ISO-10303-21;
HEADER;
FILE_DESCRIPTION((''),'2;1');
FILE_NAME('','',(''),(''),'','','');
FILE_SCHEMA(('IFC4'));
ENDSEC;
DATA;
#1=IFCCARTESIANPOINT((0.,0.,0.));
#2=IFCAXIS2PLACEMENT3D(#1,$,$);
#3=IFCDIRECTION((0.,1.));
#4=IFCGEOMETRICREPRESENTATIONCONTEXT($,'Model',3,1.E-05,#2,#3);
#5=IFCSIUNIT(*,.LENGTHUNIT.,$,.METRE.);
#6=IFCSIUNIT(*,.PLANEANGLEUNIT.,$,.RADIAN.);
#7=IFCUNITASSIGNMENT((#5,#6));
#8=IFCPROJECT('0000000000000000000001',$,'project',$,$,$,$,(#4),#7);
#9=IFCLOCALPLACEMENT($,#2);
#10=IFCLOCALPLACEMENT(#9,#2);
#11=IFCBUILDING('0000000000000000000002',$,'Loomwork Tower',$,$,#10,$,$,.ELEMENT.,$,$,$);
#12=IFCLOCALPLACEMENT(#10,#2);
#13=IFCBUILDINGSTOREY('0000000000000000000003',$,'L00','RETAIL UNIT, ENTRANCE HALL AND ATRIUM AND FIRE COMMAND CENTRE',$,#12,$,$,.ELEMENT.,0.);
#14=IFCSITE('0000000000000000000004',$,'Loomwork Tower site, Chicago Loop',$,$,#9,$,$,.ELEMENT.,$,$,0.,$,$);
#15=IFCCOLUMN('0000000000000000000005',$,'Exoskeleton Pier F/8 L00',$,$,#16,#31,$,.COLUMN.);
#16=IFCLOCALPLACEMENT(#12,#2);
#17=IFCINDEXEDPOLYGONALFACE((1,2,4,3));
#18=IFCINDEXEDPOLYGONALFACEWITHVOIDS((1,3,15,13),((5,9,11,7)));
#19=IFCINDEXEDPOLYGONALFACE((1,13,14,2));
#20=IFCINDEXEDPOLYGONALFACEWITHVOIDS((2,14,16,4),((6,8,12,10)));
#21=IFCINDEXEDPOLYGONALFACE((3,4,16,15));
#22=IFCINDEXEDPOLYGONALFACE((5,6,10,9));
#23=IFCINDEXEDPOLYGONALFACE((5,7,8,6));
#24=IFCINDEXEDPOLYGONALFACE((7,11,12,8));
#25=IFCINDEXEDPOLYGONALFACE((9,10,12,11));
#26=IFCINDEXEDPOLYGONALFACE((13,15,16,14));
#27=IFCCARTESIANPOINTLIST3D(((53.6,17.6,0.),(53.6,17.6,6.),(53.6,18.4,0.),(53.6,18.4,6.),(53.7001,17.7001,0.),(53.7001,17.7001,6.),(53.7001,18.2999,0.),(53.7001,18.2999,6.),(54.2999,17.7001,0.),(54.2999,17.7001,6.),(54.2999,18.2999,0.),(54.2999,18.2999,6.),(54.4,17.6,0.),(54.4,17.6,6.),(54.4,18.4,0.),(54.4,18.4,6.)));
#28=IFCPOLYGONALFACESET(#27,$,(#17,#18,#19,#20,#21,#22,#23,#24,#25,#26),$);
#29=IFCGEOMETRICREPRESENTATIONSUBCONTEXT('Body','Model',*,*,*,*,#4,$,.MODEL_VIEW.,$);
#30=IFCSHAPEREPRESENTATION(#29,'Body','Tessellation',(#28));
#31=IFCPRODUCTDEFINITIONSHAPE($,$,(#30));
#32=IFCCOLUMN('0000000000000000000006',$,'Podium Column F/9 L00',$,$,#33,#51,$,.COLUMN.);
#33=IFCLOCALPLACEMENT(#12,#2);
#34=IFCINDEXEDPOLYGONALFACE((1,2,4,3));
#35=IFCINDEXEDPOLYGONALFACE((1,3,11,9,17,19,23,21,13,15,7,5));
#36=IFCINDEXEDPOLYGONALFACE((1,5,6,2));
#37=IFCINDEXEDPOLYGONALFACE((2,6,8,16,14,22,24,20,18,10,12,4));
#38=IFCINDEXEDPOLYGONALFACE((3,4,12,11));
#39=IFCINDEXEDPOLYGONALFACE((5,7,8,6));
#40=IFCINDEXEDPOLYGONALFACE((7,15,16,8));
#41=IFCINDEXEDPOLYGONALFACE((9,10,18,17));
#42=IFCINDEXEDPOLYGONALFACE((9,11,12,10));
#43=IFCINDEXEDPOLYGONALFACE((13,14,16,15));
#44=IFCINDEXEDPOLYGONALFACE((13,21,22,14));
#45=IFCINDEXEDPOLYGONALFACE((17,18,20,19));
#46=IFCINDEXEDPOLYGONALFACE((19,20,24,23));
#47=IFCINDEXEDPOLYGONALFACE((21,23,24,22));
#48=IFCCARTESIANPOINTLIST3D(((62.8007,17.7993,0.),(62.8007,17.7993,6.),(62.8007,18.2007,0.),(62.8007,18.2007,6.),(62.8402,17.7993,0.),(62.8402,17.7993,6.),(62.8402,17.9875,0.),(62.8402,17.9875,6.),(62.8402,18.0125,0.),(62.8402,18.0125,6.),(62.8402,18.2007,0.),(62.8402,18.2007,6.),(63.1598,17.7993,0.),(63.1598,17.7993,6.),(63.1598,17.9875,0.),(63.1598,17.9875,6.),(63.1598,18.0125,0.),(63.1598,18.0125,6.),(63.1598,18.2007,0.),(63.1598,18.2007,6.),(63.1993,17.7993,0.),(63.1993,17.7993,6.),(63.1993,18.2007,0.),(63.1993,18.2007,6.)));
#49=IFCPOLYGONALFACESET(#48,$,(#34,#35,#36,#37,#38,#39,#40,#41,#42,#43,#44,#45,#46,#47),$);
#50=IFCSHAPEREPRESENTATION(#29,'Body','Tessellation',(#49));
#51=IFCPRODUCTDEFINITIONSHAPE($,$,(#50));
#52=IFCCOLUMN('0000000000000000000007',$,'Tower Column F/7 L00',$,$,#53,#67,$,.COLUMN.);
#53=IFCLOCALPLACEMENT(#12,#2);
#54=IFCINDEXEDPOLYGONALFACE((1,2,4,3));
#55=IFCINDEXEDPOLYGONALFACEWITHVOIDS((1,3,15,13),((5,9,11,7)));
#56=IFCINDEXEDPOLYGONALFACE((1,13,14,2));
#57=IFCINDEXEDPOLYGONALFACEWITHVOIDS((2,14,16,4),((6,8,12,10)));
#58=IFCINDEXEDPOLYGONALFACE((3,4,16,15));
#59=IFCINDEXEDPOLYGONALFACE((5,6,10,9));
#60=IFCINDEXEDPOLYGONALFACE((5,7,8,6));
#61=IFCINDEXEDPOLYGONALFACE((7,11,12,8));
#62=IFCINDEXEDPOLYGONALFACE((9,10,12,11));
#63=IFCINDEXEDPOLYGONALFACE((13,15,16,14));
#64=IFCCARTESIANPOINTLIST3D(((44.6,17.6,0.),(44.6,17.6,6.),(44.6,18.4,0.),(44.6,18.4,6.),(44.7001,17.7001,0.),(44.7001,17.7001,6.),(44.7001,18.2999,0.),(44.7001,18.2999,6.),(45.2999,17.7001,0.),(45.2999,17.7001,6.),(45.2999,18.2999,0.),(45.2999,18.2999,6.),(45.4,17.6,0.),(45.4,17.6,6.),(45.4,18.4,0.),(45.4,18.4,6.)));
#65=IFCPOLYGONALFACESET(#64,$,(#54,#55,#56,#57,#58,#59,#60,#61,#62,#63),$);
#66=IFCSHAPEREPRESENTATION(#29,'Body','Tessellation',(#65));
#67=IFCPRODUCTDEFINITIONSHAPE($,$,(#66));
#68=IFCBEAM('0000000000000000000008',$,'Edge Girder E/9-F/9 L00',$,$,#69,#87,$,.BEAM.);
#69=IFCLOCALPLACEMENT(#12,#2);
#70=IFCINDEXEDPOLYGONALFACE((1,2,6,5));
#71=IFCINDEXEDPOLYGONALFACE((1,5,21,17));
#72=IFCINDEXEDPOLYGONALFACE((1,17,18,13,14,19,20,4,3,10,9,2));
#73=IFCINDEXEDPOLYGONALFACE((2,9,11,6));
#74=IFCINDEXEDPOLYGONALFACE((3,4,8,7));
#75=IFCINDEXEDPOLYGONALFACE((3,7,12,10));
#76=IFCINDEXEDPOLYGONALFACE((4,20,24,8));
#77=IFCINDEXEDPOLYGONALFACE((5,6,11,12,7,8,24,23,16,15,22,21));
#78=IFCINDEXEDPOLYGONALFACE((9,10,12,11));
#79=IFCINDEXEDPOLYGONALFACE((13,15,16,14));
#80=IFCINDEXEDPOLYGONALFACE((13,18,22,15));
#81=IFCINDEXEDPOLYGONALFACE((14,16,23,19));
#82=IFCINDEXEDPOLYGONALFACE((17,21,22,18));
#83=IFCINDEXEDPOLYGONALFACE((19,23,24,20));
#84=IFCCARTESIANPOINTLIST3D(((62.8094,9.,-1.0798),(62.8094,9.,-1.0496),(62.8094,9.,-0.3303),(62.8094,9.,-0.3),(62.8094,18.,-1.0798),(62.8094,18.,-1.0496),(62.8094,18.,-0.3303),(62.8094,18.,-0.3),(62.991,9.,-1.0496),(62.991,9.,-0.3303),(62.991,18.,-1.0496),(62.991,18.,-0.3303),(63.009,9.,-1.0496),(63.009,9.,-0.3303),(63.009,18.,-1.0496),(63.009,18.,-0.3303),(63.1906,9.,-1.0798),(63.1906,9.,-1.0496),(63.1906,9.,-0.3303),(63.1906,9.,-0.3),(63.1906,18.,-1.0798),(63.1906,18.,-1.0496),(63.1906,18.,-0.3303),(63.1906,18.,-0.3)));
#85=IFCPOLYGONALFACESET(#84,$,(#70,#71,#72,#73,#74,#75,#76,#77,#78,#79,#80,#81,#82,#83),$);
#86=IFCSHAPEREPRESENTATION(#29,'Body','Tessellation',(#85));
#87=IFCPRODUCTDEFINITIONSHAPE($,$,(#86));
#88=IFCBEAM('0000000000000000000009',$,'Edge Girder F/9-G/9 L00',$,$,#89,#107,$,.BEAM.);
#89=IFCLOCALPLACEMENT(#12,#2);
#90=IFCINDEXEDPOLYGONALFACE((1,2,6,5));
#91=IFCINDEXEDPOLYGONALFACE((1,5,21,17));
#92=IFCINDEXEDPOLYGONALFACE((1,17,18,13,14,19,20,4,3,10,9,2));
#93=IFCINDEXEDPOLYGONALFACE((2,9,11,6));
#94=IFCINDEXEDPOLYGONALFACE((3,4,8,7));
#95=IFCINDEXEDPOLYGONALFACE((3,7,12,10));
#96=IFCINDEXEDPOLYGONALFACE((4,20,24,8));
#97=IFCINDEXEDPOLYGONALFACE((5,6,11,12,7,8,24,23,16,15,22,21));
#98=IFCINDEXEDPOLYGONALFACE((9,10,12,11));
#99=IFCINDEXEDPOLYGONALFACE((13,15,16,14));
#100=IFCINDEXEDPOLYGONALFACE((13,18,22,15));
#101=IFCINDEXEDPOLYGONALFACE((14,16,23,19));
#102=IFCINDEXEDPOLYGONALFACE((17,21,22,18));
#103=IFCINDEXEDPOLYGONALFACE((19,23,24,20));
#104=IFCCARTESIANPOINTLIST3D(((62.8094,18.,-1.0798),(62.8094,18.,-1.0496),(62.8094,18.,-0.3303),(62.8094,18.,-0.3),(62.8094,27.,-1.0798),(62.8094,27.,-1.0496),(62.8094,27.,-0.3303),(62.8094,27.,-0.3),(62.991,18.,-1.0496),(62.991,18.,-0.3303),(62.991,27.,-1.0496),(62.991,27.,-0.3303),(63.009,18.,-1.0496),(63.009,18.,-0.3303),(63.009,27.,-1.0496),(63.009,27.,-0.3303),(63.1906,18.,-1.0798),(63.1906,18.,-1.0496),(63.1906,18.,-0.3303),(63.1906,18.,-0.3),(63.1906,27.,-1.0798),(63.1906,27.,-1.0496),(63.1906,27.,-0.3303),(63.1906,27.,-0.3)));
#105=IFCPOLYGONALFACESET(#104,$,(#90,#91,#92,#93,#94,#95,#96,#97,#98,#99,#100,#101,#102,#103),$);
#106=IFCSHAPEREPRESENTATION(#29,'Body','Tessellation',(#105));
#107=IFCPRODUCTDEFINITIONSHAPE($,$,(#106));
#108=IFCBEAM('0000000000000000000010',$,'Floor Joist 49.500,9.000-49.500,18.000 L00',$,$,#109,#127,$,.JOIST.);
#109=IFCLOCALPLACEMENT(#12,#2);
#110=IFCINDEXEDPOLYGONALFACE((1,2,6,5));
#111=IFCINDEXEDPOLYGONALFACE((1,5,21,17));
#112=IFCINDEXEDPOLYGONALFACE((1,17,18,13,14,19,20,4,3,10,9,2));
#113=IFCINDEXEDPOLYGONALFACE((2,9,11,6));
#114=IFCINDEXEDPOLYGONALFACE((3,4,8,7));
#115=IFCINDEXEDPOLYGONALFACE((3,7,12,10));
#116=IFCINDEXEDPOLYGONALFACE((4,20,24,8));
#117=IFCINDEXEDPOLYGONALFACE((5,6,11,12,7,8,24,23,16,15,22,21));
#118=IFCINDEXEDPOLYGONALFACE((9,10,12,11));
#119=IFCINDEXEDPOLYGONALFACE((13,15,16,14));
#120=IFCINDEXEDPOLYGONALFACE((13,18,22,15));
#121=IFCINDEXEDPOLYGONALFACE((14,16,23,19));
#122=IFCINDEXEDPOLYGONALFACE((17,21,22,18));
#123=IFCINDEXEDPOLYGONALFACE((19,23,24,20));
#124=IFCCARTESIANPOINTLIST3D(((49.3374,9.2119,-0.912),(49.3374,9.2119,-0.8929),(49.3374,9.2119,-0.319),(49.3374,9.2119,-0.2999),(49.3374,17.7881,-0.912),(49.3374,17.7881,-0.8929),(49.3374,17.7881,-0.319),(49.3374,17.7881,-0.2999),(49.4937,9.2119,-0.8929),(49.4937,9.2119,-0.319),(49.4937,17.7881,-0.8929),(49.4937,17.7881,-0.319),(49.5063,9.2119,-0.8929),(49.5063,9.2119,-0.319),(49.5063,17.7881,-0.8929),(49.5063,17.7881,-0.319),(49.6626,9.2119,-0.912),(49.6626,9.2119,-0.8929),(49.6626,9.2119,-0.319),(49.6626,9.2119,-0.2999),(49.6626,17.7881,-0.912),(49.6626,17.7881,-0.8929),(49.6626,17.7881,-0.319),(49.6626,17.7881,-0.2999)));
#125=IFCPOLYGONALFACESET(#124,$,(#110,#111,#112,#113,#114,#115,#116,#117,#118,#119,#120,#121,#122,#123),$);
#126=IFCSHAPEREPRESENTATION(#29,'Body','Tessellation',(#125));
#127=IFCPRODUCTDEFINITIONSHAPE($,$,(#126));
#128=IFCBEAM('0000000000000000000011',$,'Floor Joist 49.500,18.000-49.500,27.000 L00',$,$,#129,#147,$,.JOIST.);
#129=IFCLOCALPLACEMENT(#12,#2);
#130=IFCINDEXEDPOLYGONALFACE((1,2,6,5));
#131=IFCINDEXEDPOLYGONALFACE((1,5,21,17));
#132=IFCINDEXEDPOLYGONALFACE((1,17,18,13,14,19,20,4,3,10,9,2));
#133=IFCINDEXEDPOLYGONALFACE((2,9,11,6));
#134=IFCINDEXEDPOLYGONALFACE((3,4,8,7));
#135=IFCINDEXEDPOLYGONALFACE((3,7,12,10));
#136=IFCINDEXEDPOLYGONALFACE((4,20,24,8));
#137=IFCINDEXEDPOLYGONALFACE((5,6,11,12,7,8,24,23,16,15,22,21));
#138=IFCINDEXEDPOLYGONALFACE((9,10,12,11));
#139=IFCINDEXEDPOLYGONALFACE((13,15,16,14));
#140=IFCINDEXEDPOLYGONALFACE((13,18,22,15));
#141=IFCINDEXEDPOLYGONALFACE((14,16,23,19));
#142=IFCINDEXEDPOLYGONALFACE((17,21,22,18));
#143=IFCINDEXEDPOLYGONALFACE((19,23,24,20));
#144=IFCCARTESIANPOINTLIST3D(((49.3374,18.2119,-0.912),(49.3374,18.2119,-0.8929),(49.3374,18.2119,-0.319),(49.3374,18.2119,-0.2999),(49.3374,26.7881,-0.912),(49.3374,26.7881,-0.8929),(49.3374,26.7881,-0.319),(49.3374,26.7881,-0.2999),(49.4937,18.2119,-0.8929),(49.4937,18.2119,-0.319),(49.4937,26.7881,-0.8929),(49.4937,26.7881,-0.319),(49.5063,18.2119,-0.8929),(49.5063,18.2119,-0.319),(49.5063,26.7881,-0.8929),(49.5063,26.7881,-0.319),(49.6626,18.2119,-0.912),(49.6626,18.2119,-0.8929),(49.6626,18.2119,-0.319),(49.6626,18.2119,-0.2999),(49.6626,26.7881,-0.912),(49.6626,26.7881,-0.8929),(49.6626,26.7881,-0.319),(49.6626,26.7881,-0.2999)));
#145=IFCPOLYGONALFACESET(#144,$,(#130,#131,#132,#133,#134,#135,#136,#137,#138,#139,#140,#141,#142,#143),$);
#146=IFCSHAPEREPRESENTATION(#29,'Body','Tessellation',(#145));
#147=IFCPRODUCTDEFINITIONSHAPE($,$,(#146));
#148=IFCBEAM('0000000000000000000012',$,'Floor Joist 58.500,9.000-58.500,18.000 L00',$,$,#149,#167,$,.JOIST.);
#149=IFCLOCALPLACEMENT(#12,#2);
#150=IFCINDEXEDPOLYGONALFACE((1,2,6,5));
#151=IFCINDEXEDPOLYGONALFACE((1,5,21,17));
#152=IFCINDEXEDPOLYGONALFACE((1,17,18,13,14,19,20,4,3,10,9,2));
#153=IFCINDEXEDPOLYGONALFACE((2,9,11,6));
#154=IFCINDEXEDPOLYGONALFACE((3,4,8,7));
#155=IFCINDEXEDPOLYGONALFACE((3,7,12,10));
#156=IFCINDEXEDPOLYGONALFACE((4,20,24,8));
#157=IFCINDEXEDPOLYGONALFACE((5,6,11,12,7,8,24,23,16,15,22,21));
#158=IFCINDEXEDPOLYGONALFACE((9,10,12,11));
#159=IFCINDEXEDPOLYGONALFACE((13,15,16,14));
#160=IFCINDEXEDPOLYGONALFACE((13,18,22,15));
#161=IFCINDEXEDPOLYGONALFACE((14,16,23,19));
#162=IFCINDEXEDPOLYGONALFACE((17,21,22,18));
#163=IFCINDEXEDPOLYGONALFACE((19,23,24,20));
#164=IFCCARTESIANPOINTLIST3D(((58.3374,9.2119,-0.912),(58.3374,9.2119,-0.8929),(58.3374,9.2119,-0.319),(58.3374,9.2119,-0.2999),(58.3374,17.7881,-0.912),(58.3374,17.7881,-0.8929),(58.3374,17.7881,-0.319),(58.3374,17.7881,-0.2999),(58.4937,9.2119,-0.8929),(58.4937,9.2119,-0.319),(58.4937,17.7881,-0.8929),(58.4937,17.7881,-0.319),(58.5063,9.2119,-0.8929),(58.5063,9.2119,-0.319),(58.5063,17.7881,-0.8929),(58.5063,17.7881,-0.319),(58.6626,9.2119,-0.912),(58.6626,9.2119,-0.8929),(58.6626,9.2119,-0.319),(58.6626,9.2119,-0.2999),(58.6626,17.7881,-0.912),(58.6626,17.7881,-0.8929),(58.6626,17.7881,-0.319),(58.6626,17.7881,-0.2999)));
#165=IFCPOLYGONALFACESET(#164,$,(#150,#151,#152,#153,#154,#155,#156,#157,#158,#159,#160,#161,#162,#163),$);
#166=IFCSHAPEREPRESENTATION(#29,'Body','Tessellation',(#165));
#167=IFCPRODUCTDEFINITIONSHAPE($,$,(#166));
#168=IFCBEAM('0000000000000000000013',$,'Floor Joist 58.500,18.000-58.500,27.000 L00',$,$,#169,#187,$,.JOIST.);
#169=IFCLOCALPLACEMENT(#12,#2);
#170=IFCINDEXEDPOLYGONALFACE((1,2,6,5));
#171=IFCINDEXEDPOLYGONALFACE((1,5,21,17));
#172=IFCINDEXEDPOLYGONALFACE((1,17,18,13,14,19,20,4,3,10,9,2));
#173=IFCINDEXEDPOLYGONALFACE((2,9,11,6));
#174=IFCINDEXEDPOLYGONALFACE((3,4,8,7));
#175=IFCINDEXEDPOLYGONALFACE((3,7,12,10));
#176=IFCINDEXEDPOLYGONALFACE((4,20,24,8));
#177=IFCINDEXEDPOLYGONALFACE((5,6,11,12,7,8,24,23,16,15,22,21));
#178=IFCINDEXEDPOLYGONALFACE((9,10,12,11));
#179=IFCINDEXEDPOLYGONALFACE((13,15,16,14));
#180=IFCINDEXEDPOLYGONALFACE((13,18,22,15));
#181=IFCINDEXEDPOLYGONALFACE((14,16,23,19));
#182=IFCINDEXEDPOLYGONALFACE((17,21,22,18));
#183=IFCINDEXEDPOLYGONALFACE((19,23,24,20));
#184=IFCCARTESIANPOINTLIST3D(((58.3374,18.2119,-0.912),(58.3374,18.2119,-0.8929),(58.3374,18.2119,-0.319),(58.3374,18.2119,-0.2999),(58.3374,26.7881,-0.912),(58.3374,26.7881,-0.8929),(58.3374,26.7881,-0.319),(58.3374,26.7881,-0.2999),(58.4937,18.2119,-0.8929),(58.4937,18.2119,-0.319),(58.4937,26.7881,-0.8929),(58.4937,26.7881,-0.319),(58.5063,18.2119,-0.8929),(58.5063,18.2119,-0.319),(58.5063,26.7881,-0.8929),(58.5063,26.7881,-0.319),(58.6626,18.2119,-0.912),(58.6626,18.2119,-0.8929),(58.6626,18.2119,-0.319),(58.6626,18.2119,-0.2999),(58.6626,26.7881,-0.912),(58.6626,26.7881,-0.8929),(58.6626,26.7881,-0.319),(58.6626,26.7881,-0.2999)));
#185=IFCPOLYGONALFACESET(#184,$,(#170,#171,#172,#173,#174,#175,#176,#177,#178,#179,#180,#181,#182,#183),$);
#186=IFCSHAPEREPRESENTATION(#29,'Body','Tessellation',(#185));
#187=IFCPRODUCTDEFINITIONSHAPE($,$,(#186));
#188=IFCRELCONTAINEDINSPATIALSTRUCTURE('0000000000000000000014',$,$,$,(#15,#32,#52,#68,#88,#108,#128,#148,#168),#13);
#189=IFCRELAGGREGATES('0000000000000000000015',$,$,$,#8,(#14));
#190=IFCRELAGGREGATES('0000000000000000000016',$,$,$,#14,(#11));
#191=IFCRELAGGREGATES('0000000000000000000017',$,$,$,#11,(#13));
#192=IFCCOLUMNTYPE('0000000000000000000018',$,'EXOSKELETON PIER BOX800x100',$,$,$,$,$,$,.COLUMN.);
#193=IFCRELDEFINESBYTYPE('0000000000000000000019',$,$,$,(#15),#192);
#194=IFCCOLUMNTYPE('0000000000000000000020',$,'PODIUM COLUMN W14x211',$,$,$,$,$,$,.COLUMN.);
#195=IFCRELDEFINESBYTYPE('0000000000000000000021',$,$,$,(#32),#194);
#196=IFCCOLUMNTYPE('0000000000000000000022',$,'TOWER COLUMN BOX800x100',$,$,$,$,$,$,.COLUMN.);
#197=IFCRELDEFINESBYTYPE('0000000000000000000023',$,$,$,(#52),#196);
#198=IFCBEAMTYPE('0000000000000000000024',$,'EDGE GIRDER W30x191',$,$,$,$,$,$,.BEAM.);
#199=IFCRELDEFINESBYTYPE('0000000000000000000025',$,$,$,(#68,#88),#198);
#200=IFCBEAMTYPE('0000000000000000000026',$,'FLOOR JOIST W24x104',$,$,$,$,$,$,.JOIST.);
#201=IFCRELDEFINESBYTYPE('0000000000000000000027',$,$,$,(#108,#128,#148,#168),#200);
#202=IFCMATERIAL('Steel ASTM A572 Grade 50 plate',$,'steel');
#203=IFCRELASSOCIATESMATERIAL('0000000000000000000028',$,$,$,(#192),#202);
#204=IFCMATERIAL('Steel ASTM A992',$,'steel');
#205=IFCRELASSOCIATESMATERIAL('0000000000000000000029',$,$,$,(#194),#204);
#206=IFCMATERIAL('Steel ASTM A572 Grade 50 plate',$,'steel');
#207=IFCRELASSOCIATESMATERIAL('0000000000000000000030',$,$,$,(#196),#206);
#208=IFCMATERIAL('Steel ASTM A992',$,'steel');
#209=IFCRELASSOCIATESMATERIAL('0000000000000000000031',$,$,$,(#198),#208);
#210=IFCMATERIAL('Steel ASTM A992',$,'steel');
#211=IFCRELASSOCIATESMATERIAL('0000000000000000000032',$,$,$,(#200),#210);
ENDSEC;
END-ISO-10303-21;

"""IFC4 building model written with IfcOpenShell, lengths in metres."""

from ifc_helpers import new_model, si_unit, direction, frame, origin, origin_2d, place, context, subcontext, project, spatial, hollow_rectangle, i_section, extrude, material, material_profile, profile_set, type_object, element, save


model = new_model("IFC4")

# Units and contexts
model_context = context("Model", 3, precision=1e-05, world=origin(), true_north=direction((0.0, 1.0)))
body_context = subcontext(model_context, "Body", "Model", "MODEL_VIEW")
ifc_project = project(units=[si_unit("LENGTHUNIT", "METRE"), si_unit("PLANEANGLEUNIT", "RADIAN")], contexts=[model_context])

# Site, building, storey
site_placement = place(None, origin())
site = spatial("IfcSite", under=ifc_project, at=site_placement, Name="Loomwork Tower site, Chicago Loop", CompositionType="ELEMENT", RefElevation=0.0)
building_placement = place(site_placement, origin())
building = spatial("IfcBuilding", under=site, at=building_placement, Name="Loomwork Tower", CompositionType="ELEMENT")
storey_placement = place(building_placement, origin())
storey = spatial("IfcBuildingStorey", under=building, at=storey_placement, Name="L00", Description="RETAIL UNIT, ENTRANCE HALL AND ATRIUM AND FIRE COMMAND CENTRE", CompositionType="ELEMENT", Elevation=0.0)

# Columns
ifc_material_1 = material(Name="Steel ASTM A572 Grade 50 plate", Category="steel")
ifc_material_profile_1 = material_profile(ifc_material_1, hollow_rectangle(XDim=0.8, YDim=0.8, WallThickness=0.1001, at=origin_2d()), Name="BOX800x100")
ifc_profile_set_1 = profile_set([ifc_material_profile_1], Name="Steel ASTM A572 Grade 50 plate")
column_type_1 = type_object("IfcColumnType", Name="EXOSKELETON PIER BOX800x100", PredefinedType="COLUMN", material=ifc_profile_set_1)
column_1_placement = place(storey_placement, frame((54.0, 18.0, 0.0), z_axis=(0.0, 0.0, 1.0), x_axis=(0.0, 1.0, 0.0)))
element("IfcColumn", 1, at=column_1_placement, inside=storey, type_object=column_type_1, Name="Exoskeleton Pier F/8 L00", PredefinedType="COLUMN", context=body_context, shape_type="SweptSolid", body=[
    extrude(hollow_rectangle(XDim=0.8, YDim=0.8, WallThickness=0.1001, at=origin_2d()), origin(), (0.0, 0.0, 1.0), 6.0),
])
ifc_material_2 = material(Name="Steel ASTM A992", Category="steel")
ifc_material_profile_2 = material_profile(ifc_material_2, i_section(OverallWidth=0.4014, OverallDepth=0.3987, WebThickness=0.0249, FlangeThickness=0.0396, at=origin_2d()), Name="W14x211")
ifc_profile_set_2 = profile_set([ifc_material_profile_2], Name="Steel ASTM A992")
column_type_2 = type_object("IfcColumnType", Name="PODIUM COLUMN W14x211", PredefinedType="COLUMN", material=ifc_profile_set_2)
column_2_placement = place(storey_placement, frame((63.0, 18.0, 0.0), z_axis=(0.0, 0.0, 1.0), x_axis=(0.0, 1.0, 0.0)))
element("IfcColumn", 2, at=column_2_placement, inside=storey, type_object=column_type_2, Name="Podium Column F/9 L00", PredefinedType="COLUMN", context=body_context, shape_type="SweptSolid", body=[
    extrude(i_section(OverallWidth=0.4014, OverallDepth=0.3987, WebThickness=0.0249, FlangeThickness=0.0396, at=origin_2d()), origin(), (0.0, 0.0, 1.0), 6.0),
])
ifc_material_3 = material(Name="Steel ASTM A572 Grade 50 plate", Category="steel")
ifc_material_profile_3 = material_profile(ifc_material_3, hollow_rectangle(XDim=0.8, YDim=0.8, WallThickness=0.1001, at=origin_2d()), Name="BOX800x100")
ifc_profile_set_3 = profile_set([ifc_material_profile_3], Name="Steel ASTM A572 Grade 50 plate")
column_type_3 = type_object("IfcColumnType", Name="TOWER COLUMN BOX800x100", PredefinedType="COLUMN", material=ifc_profile_set_3)
column_3_placement = place(storey_placement, frame((45.0, 18.0, 0.0), z_axis=(0.0, 0.0, 1.0), x_axis=(0.0, 1.0, 0.0)))
element("IfcColumn", 3, at=column_3_placement, inside=storey, type_object=column_type_3, Name="Tower Column F/7 L00", PredefinedType="COLUMN", context=body_context, shape_type="SweptSolid", body=[
    extrude(hollow_rectangle(XDim=0.8, YDim=0.8, WallThickness=0.1001, at=origin_2d()), origin(), (0.0, 0.0, 1.0), 6.0),
])

# Beams
ifc_material_4 = material(Name="Steel ASTM A992", Category="steel")
ifc_material_profile_4 = material_profile(ifc_material_4, i_section(OverallWidth=0.3811, OverallDepth=0.7798, WebThickness=0.0181, FlangeThickness=0.0303, at=origin_2d()), Name="W30x191")
ifc_profile_set_4 = profile_set([ifc_material_profile_4], Name="Steel ASTM A992")
beam_type_1 = type_object("IfcBeamType", Name="EDGE GIRDER W30x191", PredefinedType="BEAM", material=ifc_profile_set_4)
for number, where, z_axis, x_axis, name in (
    (4, (63.0, 9.0, -0.6899), (0.0, 1.0, 0.0), (-1.0, 0.0, 0.0), "Edge Girder E/9-F/9 L00"),
    (5, (63.0, 18.0, -0.6899), (0.0, 1.0, 0.0), (-1.0, 0.0, 0.0), "Edge Girder F/9-G/9 L00"),
):
    element("IfcBeam", number, at=place(storey_placement, frame(where, z_axis=z_axis, x_axis=x_axis)), inside=storey, type_object=beam_type_1, Name=name, PredefinedType="BEAM", context=body_context, shape_type="SweptSolid", body=[
        extrude(i_section(OverallWidth=0.3811, OverallDepth=0.7798, WebThickness=0.0181, FlangeThickness=0.0303, at=origin_2d()), origin(), (0.0, 0.0, 1.0), 9.0),
    ])
ifc_material_5 = material(Name="Steel ASTM A992", Category="steel")
ifc_material_profile_5 = material_profile(ifc_material_5, i_section(OverallWidth=0.3252, OverallDepth=0.6121, WebThickness=0.0127, FlangeThickness=0.019, at=origin_2d()), Name="W24x104")
ifc_profile_set_5 = profile_set([ifc_material_profile_5], Name="Steel ASTM A992")
beam_type_2 = type_object("IfcBeamType", Name="FLOOR JOIST W24x104", PredefinedType="JOIST", material=ifc_profile_set_5)
for number, where, z_axis, x_axis, name in (
    (6, (49.5, 9.2119, -0.606), (0.0, 1.0, 0.0), (-1.0, 0.0, 0.0), "Floor Joist 49.500,9.000-49.500,18.000 L00"),
    (7, (49.5, 18.2119, -0.606), (0.0, 1.0, 0.0), (-1.0, 0.0, 0.0), "Floor Joist 49.500,18.000-49.500,27.000 L00"),
    (8, (58.5, 9.2119, -0.606), (0.0, 1.0, 0.0), (-1.0, 0.0, 0.0), "Floor Joist 58.500,9.000-58.500,18.000 L00"),
    (9, (58.5, 18.2119, -0.606), (0.0, 1.0, 0.0), (-1.0, 0.0, 0.0), "Floor Joist 58.500,18.000-58.500,27.000 L00"),
):
    element("IfcBeam", number, at=place(storey_placement, frame(where, z_axis=z_axis, x_axis=x_axis)), inside=storey, type_object=beam_type_2, Name=name, PredefinedType="JOIST", context=body_context, shape_type="SweptSolid", body=[
        extrude(i_section(OverallWidth=0.3252, OverallDepth=0.6121, WebThickness=0.0127, FlangeThickness=0.019, at=origin_2d()), origin(), (0.0, 0.0, 1.0), 8.5762),
    ])

save(model, "model.ifc")
